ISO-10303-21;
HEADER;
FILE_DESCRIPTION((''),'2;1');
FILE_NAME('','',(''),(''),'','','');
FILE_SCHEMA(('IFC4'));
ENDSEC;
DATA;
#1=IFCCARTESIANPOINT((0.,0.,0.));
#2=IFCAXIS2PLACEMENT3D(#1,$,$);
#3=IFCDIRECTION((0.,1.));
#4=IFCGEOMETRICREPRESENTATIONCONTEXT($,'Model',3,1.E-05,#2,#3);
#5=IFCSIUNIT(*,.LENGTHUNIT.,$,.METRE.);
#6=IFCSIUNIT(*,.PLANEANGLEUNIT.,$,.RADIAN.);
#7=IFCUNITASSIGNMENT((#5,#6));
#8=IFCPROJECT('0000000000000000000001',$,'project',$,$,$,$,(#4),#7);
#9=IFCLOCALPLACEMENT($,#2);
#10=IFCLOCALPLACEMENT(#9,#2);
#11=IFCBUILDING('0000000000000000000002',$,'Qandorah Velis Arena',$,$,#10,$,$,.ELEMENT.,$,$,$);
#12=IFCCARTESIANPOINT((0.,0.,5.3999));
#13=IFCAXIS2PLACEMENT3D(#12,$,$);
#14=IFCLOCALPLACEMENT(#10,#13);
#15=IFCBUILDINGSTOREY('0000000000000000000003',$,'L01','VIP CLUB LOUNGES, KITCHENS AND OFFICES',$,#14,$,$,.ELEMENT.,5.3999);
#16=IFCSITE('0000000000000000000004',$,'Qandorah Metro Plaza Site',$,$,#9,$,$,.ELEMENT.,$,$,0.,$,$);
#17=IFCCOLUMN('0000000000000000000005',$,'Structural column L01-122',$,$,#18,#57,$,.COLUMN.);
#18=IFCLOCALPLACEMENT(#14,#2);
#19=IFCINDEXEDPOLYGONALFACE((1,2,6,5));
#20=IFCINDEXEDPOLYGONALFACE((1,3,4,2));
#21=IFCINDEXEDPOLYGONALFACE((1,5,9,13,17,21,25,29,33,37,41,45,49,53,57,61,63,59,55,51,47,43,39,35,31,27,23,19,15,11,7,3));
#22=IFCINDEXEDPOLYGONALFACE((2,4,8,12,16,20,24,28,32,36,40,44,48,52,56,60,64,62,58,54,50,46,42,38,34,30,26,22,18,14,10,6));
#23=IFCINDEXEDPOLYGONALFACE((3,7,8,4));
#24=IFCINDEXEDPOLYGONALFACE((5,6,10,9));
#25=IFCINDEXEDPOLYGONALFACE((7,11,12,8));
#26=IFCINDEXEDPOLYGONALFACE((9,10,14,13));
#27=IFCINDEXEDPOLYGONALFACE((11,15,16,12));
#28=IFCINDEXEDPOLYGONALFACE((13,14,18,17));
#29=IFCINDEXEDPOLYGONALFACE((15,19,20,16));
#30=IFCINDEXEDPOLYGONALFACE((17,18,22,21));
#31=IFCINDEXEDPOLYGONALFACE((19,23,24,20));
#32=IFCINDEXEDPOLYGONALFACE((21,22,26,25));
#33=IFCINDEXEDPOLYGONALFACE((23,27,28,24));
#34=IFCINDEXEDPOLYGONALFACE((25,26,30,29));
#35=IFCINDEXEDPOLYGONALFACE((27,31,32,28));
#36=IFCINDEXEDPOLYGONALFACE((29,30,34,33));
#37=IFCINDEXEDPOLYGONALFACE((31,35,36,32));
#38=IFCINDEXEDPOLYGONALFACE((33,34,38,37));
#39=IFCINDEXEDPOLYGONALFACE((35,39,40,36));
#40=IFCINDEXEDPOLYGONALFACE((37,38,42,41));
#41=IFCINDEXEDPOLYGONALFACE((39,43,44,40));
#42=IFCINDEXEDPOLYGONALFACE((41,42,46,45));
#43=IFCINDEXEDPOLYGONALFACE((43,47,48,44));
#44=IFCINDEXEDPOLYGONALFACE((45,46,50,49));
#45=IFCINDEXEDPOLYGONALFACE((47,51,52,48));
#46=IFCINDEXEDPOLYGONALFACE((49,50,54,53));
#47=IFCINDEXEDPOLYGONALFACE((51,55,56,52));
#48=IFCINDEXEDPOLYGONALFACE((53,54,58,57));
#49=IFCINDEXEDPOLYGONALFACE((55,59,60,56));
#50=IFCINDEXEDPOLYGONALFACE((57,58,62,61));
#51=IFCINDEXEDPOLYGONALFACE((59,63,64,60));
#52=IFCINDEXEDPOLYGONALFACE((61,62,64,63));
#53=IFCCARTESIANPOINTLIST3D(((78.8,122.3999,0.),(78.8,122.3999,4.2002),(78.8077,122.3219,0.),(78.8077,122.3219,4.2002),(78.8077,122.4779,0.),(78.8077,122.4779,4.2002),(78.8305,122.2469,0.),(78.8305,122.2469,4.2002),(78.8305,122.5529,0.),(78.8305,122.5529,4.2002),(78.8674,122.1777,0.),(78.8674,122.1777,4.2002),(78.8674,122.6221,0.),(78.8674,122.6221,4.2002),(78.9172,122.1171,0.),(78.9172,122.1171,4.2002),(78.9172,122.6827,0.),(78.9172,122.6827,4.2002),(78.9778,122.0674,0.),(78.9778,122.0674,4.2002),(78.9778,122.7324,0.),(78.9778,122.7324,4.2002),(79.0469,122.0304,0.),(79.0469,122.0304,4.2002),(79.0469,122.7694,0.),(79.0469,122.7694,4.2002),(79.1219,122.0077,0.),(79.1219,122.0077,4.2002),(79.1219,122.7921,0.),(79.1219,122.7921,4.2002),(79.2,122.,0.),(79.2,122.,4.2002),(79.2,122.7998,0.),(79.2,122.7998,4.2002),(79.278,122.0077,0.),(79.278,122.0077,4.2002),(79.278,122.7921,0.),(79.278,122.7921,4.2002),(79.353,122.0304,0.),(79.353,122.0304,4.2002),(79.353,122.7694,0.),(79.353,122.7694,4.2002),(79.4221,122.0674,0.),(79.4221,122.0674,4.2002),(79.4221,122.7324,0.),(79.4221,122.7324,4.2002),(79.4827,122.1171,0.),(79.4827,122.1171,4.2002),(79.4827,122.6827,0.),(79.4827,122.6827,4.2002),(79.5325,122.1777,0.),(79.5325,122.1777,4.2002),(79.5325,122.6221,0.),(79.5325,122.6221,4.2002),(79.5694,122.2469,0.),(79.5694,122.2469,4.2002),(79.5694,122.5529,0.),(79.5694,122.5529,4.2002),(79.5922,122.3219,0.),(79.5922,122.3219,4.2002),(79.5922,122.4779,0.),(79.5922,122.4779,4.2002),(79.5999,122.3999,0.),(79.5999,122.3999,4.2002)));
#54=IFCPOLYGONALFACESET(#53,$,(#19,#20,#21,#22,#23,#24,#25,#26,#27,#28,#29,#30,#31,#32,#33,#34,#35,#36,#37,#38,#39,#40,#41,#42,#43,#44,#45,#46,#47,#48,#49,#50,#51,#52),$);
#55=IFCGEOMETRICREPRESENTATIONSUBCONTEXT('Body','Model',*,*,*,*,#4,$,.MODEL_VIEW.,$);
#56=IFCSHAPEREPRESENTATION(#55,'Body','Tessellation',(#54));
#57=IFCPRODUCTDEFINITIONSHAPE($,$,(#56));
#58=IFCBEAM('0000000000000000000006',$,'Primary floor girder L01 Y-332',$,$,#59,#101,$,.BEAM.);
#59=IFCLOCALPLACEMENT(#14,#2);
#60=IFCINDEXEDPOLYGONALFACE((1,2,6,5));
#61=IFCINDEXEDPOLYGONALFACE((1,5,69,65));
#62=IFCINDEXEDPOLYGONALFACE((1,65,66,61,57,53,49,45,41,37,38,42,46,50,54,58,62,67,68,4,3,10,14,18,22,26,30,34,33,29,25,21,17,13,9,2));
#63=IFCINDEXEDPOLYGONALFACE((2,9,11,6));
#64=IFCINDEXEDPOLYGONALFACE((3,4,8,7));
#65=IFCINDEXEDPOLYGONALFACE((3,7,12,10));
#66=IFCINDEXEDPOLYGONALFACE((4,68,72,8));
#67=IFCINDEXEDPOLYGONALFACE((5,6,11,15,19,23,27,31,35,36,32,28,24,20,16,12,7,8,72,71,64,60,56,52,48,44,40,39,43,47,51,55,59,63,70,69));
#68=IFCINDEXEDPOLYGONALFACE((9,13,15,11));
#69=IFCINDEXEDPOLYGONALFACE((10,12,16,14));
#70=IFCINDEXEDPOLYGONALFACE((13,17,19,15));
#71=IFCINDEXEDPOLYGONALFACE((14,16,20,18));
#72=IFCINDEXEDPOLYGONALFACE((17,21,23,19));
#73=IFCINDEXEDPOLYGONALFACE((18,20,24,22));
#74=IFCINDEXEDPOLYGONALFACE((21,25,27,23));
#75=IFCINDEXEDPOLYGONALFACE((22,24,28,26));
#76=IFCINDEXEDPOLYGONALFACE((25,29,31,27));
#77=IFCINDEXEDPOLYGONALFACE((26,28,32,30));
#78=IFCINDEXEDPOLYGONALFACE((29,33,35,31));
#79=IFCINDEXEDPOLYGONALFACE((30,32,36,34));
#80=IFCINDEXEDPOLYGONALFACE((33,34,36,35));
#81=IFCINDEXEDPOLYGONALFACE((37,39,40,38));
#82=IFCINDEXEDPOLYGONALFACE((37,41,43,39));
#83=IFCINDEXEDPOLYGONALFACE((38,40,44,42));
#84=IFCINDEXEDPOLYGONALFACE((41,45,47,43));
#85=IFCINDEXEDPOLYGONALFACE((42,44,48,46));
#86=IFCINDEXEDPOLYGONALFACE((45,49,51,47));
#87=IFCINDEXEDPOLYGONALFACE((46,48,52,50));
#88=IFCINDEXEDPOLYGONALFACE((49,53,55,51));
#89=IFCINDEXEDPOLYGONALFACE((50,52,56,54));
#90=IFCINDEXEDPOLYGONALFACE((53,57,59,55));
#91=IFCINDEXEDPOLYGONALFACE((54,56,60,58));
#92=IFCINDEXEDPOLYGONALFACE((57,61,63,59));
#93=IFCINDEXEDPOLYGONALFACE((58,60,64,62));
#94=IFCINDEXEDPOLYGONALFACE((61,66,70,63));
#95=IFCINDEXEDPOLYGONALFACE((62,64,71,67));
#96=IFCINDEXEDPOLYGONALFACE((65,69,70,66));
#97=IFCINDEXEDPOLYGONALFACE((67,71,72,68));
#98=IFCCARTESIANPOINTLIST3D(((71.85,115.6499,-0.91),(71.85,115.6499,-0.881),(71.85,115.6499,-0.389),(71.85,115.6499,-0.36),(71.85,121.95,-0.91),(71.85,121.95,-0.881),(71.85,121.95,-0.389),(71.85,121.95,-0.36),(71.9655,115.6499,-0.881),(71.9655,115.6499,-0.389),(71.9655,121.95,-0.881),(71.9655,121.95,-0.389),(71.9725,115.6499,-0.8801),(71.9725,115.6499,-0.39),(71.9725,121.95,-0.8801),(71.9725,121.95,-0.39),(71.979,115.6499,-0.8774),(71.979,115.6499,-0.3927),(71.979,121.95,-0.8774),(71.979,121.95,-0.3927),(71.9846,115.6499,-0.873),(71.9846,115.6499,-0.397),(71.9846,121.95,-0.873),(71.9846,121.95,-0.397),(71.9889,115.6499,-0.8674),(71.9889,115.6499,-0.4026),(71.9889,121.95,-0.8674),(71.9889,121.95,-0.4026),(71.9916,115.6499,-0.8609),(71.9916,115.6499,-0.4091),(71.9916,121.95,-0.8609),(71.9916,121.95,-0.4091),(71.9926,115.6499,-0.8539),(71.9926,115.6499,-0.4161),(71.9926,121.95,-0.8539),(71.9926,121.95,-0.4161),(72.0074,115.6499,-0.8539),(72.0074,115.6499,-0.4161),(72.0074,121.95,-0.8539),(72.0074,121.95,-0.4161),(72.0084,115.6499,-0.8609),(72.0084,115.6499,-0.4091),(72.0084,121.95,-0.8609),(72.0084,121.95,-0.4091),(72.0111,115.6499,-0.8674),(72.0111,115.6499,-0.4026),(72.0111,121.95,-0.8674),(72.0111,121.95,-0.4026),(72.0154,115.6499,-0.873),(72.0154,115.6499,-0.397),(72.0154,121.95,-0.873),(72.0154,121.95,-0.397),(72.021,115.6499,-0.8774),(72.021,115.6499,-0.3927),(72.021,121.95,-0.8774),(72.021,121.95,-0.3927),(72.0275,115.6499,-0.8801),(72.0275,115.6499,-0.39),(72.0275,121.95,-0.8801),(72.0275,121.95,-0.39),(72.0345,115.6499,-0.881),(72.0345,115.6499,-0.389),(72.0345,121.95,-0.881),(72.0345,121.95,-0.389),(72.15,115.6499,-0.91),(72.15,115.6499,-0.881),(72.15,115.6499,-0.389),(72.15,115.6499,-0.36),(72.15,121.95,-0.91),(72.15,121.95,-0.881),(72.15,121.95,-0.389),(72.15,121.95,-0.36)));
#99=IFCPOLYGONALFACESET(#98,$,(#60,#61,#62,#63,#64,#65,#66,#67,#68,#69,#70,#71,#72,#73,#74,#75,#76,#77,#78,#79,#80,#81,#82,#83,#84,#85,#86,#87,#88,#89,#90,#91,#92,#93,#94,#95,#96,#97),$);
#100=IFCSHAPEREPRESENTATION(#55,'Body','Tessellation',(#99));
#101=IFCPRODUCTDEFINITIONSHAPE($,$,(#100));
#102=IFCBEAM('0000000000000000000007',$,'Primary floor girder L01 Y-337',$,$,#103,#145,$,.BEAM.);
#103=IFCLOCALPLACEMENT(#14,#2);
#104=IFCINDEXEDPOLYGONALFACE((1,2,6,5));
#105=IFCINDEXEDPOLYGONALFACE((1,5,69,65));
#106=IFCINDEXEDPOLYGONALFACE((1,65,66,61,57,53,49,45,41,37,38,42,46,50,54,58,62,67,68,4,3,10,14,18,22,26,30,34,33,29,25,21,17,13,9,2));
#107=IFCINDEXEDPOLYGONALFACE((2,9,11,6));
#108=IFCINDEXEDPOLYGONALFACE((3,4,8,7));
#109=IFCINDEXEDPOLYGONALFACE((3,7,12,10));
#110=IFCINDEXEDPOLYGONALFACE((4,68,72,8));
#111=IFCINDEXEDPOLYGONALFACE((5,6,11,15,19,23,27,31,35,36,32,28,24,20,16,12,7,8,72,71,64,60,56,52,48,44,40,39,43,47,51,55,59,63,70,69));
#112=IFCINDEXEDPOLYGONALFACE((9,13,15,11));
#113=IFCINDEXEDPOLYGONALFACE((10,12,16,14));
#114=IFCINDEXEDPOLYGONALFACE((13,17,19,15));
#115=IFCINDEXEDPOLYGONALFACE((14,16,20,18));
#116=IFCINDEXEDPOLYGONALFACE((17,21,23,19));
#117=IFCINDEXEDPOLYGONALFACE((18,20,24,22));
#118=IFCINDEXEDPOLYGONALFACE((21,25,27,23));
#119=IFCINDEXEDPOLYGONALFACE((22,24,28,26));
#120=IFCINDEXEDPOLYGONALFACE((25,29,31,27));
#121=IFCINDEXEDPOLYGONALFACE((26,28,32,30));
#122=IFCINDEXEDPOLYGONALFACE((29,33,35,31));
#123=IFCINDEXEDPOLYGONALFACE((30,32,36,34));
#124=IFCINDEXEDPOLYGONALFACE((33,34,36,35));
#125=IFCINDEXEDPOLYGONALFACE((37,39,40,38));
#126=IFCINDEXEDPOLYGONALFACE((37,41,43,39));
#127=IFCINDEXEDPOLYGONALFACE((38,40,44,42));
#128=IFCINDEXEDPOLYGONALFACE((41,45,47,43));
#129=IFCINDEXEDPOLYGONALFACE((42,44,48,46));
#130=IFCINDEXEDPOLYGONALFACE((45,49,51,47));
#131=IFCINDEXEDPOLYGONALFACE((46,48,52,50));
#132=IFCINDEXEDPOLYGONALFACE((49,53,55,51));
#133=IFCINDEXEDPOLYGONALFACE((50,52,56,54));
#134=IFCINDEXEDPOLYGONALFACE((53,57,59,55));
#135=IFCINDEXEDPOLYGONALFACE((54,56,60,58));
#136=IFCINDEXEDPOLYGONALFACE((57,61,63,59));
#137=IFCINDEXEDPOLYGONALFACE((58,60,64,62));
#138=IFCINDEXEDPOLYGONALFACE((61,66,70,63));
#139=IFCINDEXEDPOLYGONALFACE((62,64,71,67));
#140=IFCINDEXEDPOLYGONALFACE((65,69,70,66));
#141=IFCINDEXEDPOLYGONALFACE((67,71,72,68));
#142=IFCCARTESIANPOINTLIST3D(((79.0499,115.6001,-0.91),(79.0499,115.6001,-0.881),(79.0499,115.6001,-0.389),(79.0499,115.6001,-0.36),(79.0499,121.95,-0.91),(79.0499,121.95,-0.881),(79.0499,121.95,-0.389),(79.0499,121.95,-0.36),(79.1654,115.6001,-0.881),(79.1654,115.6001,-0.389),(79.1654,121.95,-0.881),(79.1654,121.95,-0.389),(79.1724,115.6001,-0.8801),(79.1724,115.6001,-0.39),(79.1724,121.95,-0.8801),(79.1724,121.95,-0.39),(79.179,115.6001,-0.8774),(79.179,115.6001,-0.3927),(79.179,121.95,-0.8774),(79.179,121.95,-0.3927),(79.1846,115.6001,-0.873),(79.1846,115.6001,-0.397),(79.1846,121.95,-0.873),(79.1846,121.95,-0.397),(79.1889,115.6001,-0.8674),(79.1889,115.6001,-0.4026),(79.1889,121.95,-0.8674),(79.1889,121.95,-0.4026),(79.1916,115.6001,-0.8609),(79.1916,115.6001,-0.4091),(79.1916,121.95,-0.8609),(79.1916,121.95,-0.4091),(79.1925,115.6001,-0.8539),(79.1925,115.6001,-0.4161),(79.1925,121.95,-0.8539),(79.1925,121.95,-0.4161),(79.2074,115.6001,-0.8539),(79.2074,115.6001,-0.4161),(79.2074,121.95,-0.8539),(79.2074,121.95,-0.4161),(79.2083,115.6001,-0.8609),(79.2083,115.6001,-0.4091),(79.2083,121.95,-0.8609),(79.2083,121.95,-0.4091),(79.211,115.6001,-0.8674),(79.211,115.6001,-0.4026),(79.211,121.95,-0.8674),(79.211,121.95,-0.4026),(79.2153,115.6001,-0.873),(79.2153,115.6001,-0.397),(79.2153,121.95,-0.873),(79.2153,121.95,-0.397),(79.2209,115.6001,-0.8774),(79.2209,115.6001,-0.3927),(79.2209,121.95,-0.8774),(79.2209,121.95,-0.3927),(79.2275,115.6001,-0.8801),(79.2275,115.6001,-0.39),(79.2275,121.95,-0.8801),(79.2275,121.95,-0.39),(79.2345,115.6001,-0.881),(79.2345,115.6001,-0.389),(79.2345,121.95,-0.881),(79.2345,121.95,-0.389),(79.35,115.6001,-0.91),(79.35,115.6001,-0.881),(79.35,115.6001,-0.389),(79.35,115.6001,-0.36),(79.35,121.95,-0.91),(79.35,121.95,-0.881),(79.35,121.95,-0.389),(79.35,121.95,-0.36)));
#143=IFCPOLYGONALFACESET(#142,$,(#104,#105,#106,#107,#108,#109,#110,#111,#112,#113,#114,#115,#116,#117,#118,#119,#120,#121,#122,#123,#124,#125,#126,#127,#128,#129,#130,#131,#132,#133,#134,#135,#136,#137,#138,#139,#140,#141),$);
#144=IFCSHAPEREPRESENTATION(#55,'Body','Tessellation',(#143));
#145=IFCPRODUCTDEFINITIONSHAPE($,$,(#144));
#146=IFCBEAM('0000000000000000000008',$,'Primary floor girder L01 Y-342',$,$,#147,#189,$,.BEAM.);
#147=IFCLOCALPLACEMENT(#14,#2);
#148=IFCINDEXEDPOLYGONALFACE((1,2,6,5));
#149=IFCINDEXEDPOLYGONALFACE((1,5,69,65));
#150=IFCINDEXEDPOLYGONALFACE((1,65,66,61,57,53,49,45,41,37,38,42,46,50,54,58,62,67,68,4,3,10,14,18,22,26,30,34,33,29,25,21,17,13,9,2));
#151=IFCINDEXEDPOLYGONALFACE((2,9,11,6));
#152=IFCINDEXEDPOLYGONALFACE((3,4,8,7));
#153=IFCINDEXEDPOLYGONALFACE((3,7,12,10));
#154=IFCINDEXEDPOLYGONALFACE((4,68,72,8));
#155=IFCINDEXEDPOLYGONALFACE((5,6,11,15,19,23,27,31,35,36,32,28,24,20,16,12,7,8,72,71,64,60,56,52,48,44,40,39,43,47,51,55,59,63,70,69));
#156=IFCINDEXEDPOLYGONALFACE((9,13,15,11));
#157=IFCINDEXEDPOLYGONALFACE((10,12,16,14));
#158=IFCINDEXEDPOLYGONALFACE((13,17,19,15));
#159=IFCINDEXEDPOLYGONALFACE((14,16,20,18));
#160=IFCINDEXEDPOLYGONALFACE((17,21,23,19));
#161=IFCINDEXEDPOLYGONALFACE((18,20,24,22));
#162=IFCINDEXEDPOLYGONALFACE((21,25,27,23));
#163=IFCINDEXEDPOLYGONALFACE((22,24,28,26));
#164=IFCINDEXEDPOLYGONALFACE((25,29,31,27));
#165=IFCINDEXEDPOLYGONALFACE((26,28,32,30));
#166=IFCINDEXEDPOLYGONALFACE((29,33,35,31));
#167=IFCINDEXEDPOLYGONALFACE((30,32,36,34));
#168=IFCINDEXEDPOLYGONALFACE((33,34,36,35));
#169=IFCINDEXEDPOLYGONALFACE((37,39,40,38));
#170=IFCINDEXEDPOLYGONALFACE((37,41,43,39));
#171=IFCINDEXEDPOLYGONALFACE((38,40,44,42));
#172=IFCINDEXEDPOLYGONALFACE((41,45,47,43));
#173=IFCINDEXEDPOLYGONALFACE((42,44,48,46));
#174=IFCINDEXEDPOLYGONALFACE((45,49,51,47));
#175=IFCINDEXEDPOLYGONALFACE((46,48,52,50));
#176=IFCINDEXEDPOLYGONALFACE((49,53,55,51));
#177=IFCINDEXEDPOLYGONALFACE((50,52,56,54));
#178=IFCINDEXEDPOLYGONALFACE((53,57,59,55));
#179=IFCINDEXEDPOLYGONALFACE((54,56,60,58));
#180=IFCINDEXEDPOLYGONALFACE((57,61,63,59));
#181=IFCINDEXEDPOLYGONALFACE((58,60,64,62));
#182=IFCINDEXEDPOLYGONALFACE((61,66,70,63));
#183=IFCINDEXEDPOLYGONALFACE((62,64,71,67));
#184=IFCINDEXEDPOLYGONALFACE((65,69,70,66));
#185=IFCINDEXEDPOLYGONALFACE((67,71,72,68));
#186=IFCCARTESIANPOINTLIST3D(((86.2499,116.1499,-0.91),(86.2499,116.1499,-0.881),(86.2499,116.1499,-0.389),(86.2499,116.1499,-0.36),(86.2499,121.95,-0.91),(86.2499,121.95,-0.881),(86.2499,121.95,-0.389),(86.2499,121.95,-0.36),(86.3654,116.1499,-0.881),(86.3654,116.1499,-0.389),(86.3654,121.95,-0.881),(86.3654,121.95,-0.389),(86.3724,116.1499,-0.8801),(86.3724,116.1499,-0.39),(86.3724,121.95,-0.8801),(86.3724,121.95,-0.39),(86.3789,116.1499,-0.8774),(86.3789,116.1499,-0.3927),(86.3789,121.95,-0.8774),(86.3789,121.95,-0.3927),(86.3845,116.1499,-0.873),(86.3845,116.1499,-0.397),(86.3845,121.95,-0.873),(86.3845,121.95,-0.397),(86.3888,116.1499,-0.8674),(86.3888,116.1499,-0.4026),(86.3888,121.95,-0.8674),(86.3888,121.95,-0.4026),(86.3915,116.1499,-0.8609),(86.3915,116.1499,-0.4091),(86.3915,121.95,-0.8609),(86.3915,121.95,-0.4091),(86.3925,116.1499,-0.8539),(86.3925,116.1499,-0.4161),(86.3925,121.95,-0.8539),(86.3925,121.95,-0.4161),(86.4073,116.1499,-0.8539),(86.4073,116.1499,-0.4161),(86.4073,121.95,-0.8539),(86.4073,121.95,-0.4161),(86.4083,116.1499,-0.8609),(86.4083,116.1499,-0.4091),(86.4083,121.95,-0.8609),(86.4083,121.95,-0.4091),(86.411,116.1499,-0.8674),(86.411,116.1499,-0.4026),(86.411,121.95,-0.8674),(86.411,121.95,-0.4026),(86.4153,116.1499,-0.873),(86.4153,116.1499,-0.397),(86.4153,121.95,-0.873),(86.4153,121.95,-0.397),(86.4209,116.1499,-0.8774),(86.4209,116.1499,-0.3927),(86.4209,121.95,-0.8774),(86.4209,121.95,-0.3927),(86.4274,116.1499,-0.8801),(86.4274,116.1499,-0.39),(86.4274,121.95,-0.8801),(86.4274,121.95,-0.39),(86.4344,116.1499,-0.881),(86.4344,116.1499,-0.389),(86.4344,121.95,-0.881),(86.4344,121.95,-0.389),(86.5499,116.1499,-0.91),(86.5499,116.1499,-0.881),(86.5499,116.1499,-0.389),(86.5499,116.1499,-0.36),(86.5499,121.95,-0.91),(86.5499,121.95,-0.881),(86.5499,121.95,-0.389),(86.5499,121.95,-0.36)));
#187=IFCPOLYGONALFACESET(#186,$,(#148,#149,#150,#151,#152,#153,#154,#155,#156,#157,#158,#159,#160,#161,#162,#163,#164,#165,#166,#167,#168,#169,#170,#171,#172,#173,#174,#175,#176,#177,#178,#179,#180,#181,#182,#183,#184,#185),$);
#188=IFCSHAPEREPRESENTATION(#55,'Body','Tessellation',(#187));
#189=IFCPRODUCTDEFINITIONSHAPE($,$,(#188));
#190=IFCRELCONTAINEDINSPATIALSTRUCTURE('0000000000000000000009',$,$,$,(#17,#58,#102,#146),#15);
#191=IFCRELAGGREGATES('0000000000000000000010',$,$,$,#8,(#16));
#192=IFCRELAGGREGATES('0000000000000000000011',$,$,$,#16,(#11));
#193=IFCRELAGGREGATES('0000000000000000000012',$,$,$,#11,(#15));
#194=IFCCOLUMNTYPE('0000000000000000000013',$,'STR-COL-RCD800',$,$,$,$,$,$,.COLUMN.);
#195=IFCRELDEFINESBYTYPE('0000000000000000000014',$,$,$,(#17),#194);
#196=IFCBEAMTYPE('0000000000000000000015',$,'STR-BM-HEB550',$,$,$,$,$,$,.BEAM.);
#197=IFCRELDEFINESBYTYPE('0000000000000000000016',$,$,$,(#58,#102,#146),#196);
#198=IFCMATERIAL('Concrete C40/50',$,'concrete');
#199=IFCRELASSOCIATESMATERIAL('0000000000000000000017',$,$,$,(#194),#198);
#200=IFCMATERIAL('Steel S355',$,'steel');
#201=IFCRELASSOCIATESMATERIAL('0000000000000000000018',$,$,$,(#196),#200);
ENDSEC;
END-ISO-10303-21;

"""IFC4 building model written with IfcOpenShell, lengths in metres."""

from ifc_helpers import new_model, si_unit, direction, frame, origin, origin_2d, place, context, subcontext, project, spatial, circle, i_section, extrude, material, material_profile, profile_set, type_object, element, save


model = new_model("IFC4")

# Units and contexts
model_context = context("Model", 3, precision=1e-05, world=origin(), true_north=direction((0.0, 1.0)))
body_context = subcontext(model_context, "Body", "Model", "MODEL_VIEW")
ifc_project = project(units=[si_unit("LENGTHUNIT", "METRE"), si_unit("PLANEANGLEUNIT", "RADIAN")], contexts=[model_context])

# Site, building, storey
site_placement = place(None, origin())
site = spatial("IfcSite", under=ifc_project, at=site_placement, Name="Qandorah Metro Plaza Site", CompositionType="ELEMENT", RefElevation=0.0)
building_placement = place(site_placement, origin())
building = spatial("IfcBuilding", under=site, at=building_placement, Name="Qandorah Velis Arena", CompositionType="ELEMENT")
storey_placement = place(building_placement, frame((0.0, 0.0, 5.3999)))
storey = spatial("IfcBuildingStorey", under=building, at=storey_placement, Name="L01", Description="VIP CLUB LOUNGES, KITCHENS AND OFFICES", CompositionType="ELEMENT", Elevation=5.3999)

# Column
ifc_material_1 = material(Name="Concrete C40/50", Category="concrete")
ifc_material_profile_1 = material_profile(ifc_material_1, circle(Radius=0.3999, at=origin_2d()), Name="RC D800")
ifc_profile_set_1 = profile_set([ifc_material_profile_1], Name="Concrete C40/50")
column_type_1 = type_object("IfcColumnType", Name="STR-COL-RCD800", PredefinedType="COLUMN", material=ifc_profile_set_1)
column_1_placement = place(storey_placement, frame((79.2, 122.3999, 0.0), z_axis=(0.0, 0.0, 1.0), x_axis=(1.0, 0.0, 0.0)))
element("IfcColumn", 1, at=column_1_placement, inside=storey, type_object=column_type_1, Name="Structural column L01-122", PredefinedType="COLUMN", context=body_context, shape_type="SweptSolid", body=[
    extrude(circle(Radius=0.3999, at=origin_2d()), origin(), (0.0, 0.0, 1.0), 4.2002),
])

# Beams
ifc_material_2 = material(Name="Steel S355", Category="steel")
ifc_material_profile_2 = material_profile(ifc_material_2, i_section(OverallWidth=0.3, OverallDepth=0.55, WebThickness=0.0149, FlangeThickness=0.0291, FilletRadius=0.0271, at=origin_2d()), Name="HEB 550")
ifc_profile_set_2 = profile_set([ifc_material_profile_2], Name="Steel S355")
beam_type_1 = type_object("IfcBeamType", Name="STR-BM-HEB550", PredefinedType="BEAM", material=ifc_profile_set_2)
beam_1_placement = place(storey_placement, frame((72.0, 115.6499, -0.635), z_axis=(0.0, 1.0, 0.0), x_axis=(-1.0, 0.0, 0.0)))
element("IfcBeam", 2, at=beam_1_placement, inside=storey, type_object=beam_type_1, Name="Primary floor girder L01 Y-332", PredefinedType="BEAM", context=body_context, shape_type="SweptSolid", body=[
    extrude(i_section(OverallWidth=0.3, OverallDepth=0.55, WebThickness=0.0149, FlangeThickness=0.0291, FilletRadius=0.0271, at=origin_2d()), origin(), (0.0, 0.0, 1.0), 6.3),
])
beam_2_placement = place(storey_placement, frame((79.2, 115.6001, -0.635), z_axis=(0.0, 1.0, 0.0), x_axis=(-1.0, 0.0, 0.0)))
element("IfcBeam", 3, at=beam_2_placement, inside=storey, type_object=beam_type_1, Name="Primary floor girder L01 Y-337", PredefinedType="BEAM", context=body_context, shape_type="SweptSolid", body=[
    extrude(i_section(OverallWidth=0.3, OverallDepth=0.55, WebThickness=0.0149, FlangeThickness=0.0291, FilletRadius=0.0271, at=origin_2d()), origin(), (0.0, 0.0, 1.0), 6.3499),
])
beam_3_placement = place(storey_placement, frame((86.3999, 116.1499, -0.635), z_axis=(0.0, 1.0, 0.0), x_axis=(-1.0, 0.0, 0.0)))
element("IfcBeam", 4, at=beam_3_placement, inside=storey, type_object=beam_type_1, Name="Primary floor girder L01 Y-342", PredefinedType="BEAM", context=body_context, shape_type="SweptSolid", body=[
    extrude(i_section(OverallWidth=0.3, OverallDepth=0.55, WebThickness=0.0149, FlangeThickness=0.0291, FilletRadius=0.0271, at=origin_2d()), origin(), (0.0, 0.0, 1.0), 5.8),
])

save(model, "model.ifc")
